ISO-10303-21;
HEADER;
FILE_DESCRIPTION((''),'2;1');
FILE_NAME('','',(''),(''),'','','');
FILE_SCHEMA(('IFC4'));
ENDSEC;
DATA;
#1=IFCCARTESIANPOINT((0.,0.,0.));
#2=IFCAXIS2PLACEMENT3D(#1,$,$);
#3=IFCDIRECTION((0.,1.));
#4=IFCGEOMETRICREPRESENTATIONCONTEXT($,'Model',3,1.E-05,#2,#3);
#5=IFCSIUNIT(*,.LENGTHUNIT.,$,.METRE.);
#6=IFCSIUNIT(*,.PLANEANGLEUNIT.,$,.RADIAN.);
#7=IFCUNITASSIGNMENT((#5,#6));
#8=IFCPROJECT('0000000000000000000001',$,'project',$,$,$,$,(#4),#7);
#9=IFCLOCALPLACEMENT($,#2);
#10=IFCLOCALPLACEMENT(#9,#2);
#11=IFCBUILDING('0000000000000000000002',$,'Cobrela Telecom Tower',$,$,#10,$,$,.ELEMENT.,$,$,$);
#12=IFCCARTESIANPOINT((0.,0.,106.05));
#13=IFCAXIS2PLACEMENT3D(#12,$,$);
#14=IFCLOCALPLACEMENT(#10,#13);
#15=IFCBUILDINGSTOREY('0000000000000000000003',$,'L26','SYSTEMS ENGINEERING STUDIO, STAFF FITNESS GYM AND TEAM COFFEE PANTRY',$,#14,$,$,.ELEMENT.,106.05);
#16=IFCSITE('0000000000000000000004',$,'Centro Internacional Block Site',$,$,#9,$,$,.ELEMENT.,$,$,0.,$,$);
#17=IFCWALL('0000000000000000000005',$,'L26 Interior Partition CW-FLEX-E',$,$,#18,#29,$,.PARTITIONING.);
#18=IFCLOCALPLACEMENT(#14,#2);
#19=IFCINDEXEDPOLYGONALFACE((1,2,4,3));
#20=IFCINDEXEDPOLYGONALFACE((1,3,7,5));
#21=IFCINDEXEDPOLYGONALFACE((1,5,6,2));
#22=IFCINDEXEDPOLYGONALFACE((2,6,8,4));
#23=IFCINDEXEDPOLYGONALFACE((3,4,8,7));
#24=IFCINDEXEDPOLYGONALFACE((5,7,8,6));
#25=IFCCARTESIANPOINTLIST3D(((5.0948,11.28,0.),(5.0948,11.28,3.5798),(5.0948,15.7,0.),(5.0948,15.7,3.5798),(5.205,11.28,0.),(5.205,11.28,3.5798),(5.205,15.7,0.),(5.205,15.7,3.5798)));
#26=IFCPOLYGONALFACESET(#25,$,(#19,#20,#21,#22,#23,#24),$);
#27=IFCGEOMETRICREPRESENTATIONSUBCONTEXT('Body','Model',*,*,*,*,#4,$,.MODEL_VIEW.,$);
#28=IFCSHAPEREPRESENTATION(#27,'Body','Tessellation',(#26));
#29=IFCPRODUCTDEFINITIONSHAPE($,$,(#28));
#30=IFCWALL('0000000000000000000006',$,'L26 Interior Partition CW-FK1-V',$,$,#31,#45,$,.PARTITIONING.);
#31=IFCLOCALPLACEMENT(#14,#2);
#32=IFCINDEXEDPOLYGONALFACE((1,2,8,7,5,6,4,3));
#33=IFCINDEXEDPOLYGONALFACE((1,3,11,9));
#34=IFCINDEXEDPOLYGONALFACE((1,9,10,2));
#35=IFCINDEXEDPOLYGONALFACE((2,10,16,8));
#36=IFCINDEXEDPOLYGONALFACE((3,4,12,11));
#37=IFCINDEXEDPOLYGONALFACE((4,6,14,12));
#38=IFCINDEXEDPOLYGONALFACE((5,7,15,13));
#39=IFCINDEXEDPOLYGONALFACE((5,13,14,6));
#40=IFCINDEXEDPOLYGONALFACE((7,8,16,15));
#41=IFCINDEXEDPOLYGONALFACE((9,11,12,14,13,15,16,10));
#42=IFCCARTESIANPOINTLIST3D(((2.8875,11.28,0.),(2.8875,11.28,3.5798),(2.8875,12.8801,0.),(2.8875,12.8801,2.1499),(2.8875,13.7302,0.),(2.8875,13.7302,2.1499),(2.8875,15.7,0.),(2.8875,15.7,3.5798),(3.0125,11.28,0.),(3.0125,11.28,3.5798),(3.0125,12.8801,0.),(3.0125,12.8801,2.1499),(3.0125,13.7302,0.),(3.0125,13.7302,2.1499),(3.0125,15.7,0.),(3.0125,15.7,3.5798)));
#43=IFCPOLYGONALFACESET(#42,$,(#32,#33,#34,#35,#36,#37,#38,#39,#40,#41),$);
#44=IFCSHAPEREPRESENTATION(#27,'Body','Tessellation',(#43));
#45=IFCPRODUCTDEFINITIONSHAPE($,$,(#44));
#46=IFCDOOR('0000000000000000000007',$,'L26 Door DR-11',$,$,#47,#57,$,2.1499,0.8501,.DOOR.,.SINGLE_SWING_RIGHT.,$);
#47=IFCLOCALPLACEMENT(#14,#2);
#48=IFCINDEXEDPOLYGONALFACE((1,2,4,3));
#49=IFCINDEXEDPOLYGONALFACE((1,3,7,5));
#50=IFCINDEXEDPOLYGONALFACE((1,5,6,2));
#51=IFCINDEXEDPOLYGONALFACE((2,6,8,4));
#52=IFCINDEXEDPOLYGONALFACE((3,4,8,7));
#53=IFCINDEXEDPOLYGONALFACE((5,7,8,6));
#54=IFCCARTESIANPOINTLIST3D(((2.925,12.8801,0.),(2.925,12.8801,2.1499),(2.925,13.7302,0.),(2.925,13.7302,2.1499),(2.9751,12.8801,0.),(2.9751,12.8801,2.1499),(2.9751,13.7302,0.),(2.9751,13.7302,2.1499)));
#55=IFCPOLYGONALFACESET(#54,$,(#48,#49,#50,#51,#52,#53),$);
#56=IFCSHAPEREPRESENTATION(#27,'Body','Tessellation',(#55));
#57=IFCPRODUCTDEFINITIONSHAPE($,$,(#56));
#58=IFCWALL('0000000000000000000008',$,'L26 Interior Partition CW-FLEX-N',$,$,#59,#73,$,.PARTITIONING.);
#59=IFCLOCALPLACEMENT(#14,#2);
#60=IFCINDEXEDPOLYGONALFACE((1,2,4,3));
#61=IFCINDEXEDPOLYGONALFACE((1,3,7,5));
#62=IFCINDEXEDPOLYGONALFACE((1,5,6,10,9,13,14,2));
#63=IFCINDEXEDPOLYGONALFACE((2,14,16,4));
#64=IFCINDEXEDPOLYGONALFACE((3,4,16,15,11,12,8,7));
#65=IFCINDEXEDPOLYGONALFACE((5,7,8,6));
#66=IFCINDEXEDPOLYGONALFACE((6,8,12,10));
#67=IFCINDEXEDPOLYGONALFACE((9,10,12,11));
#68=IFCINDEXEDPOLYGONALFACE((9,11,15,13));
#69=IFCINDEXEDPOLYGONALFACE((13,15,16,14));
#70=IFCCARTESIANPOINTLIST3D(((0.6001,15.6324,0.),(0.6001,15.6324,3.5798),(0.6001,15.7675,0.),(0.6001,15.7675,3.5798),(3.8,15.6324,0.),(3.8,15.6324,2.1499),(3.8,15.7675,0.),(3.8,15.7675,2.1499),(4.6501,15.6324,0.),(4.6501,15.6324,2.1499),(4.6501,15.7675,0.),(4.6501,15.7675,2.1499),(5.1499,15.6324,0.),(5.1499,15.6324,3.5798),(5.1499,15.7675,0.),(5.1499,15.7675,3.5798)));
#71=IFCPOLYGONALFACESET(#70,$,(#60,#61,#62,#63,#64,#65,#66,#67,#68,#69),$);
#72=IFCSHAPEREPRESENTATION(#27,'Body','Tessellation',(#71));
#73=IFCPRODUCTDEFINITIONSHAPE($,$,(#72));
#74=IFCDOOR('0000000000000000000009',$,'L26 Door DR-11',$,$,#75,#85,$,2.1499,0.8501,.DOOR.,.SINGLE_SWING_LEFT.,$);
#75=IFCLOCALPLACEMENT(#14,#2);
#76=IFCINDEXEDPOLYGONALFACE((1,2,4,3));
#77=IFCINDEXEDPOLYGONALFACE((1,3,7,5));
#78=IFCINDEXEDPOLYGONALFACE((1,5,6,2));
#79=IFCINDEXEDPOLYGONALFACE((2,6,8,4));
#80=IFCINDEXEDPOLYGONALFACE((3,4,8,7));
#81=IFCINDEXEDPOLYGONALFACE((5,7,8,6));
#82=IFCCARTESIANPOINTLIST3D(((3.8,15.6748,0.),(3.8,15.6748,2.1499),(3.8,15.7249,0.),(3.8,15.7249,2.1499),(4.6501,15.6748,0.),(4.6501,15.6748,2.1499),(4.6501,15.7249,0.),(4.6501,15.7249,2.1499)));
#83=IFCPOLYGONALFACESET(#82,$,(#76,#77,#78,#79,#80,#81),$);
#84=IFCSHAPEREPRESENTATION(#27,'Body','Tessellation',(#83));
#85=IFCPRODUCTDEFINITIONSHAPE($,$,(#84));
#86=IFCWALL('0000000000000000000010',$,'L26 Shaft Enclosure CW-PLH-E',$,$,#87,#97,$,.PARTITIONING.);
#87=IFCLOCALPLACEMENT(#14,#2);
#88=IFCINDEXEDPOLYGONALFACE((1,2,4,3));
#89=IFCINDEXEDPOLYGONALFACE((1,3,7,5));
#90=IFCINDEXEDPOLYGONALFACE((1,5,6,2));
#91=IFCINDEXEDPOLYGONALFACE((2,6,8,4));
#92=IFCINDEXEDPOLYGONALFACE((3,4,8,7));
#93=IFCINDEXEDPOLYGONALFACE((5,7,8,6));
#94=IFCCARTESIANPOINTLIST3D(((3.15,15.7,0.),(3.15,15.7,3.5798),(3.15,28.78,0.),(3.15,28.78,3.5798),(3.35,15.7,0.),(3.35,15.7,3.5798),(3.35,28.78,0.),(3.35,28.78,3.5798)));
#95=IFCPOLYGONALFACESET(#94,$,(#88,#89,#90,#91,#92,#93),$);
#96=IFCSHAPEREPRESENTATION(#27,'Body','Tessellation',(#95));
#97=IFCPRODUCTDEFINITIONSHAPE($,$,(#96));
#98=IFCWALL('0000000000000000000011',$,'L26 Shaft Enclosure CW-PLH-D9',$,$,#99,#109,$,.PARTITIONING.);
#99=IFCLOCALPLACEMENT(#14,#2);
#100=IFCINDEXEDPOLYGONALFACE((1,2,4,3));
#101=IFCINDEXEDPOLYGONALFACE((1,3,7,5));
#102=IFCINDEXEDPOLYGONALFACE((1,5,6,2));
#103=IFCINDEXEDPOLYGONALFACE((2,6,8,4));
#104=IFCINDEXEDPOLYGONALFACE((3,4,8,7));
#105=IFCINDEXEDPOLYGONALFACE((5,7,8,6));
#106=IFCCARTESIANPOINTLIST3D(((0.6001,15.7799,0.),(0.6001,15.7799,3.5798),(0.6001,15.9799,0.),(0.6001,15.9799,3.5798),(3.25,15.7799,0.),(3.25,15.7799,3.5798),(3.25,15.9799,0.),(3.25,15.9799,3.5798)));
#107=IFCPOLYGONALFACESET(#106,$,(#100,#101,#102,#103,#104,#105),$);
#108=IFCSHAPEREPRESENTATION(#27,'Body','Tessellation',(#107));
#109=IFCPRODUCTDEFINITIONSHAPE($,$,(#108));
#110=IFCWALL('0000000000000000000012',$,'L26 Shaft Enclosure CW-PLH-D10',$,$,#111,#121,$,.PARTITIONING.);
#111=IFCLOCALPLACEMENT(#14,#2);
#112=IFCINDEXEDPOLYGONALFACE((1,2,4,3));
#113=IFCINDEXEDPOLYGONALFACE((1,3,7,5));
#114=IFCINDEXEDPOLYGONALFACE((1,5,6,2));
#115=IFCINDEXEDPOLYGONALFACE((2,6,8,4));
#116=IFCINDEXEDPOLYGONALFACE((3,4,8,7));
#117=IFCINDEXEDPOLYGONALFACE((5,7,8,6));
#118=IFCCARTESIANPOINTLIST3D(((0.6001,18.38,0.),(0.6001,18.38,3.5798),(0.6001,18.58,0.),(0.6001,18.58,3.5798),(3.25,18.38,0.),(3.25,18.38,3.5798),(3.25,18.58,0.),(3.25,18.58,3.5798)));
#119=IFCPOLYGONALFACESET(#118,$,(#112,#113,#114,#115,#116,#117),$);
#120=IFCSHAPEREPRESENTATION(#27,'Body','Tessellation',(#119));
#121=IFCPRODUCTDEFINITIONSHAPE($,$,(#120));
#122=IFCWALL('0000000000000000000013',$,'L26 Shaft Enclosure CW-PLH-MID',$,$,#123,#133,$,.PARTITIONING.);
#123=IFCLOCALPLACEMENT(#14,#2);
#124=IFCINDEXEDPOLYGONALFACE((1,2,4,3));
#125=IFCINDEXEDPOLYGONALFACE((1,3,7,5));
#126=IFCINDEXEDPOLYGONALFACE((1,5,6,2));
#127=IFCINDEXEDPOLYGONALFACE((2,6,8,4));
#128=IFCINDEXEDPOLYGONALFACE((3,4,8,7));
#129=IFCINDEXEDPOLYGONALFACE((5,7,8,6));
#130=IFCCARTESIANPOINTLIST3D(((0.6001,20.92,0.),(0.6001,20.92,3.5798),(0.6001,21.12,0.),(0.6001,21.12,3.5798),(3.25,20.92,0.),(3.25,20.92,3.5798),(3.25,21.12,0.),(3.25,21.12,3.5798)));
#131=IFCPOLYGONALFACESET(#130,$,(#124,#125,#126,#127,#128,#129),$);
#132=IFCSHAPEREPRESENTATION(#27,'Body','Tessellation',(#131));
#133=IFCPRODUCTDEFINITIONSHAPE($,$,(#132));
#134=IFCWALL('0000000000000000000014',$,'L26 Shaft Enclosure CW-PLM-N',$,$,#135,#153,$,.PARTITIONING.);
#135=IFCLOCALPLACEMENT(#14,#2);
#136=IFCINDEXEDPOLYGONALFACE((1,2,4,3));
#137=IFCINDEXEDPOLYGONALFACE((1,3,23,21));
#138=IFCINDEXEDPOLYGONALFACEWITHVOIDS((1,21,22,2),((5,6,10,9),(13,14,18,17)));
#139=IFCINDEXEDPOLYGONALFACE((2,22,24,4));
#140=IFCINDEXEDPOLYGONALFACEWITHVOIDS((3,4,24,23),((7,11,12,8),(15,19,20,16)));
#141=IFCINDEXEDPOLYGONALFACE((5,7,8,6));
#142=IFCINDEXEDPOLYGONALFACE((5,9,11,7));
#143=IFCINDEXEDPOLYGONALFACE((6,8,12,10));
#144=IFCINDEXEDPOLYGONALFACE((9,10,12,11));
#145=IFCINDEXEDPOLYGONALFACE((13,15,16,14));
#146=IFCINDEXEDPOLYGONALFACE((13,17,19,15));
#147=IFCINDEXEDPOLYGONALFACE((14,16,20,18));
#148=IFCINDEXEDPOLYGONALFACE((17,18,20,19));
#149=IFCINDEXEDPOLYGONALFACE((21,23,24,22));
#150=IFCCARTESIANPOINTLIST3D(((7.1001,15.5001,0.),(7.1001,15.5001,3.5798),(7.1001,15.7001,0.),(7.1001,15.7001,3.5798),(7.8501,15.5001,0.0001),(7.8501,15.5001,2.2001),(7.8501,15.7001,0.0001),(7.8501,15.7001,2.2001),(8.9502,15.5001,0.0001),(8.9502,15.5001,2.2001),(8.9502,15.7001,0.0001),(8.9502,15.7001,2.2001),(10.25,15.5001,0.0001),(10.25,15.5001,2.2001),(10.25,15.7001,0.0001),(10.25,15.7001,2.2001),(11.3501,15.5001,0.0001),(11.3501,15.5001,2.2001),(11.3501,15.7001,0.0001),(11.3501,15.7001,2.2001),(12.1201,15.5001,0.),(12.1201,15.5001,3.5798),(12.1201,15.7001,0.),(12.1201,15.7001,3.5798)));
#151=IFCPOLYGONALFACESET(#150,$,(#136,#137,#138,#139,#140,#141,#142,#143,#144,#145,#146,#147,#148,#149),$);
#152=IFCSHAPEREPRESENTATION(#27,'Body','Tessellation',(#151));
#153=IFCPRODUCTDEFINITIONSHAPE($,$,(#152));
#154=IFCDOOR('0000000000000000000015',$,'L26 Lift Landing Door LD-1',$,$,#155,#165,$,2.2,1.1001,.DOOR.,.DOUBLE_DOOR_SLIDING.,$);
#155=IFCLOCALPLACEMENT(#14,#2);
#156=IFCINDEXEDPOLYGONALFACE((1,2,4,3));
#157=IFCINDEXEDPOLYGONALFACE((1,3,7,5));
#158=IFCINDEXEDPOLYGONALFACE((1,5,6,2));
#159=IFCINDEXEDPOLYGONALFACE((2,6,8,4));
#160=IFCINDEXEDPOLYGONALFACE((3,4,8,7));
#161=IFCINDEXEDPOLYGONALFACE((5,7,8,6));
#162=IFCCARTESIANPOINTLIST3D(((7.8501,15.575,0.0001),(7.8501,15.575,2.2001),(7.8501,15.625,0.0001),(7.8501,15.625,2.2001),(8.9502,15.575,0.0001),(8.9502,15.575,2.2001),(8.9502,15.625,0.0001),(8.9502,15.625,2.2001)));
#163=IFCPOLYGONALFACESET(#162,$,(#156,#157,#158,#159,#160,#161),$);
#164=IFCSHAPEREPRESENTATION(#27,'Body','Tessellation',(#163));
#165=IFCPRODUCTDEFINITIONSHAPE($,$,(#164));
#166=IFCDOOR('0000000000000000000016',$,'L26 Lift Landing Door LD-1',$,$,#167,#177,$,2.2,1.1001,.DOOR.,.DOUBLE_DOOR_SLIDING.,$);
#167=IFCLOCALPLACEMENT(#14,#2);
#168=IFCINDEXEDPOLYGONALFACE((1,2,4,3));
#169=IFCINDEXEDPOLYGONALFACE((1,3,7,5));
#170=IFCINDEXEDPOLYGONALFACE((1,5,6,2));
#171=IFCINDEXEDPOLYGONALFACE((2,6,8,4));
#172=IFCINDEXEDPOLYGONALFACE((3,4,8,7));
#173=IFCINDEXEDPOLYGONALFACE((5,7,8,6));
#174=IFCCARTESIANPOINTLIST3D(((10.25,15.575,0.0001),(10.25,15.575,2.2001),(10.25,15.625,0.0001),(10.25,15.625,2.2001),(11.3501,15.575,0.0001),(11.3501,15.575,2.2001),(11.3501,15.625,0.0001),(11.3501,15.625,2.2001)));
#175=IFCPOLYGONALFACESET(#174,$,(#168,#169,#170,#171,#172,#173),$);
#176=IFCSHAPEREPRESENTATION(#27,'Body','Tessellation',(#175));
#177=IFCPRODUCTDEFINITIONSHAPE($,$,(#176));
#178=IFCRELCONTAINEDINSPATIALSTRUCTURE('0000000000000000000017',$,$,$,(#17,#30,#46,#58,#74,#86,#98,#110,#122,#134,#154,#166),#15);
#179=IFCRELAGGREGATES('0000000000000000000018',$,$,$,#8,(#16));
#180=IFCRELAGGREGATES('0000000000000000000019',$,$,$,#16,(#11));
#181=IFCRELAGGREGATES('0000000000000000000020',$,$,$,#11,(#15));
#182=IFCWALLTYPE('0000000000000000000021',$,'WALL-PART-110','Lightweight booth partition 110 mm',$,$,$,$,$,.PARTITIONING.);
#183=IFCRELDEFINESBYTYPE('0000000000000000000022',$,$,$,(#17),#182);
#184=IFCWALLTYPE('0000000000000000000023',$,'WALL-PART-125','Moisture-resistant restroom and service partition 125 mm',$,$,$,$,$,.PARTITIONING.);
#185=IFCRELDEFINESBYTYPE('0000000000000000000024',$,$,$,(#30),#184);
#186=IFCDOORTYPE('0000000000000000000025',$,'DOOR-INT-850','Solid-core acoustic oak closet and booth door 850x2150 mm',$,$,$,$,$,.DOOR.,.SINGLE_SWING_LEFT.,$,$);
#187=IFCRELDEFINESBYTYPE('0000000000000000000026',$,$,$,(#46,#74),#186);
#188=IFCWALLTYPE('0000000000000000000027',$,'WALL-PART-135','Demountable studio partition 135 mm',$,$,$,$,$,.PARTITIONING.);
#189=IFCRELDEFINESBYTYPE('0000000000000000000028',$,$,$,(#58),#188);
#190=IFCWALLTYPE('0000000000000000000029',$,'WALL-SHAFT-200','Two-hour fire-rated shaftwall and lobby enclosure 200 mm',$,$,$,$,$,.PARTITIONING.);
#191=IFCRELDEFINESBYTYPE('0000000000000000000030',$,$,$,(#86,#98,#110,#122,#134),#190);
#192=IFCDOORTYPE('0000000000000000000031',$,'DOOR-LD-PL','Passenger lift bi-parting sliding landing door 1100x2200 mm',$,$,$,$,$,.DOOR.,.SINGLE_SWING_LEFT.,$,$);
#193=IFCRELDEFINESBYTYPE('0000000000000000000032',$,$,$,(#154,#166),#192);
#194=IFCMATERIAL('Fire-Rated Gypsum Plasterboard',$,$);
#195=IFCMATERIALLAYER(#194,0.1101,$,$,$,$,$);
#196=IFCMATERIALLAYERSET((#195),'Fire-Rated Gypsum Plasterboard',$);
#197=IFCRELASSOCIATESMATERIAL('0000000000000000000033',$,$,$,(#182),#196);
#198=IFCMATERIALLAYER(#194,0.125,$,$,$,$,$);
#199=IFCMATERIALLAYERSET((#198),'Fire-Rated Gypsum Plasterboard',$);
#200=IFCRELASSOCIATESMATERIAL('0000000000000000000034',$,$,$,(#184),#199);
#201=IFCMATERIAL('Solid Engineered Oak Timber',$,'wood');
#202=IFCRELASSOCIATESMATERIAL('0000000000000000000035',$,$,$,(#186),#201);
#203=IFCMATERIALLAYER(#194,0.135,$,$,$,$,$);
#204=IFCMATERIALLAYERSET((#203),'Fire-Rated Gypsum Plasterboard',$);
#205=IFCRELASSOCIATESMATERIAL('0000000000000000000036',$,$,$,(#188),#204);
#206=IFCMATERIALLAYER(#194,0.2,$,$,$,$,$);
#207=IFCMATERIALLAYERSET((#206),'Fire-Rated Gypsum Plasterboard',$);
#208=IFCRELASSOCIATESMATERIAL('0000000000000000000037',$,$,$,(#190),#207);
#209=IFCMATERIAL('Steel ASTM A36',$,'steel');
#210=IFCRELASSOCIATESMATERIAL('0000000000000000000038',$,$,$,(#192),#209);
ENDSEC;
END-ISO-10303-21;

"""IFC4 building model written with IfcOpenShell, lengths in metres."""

from ifc_helpers import new_model, si_unit, direction, frame, frame_2d, origin, place, context, subcontext, project, spatial, rectangle, extrude, material, layer, layer_set, type_object, element, fill, save


model = new_model("IFC4")

# Units and contexts
model_context = context("Model", 3, precision=1e-05, world=origin(), true_north=direction((0.0, 1.0)))
body_context = subcontext(model_context, "Body", "Model", "MODEL_VIEW")
ifc_project = project(units=[si_unit("LENGTHUNIT", "METRE"), si_unit("PLANEANGLEUNIT", "RADIAN")], contexts=[model_context])

# Site, building, storey
site_placement = place(None, origin())
site = spatial("IfcSite", under=ifc_project, at=site_placement, Name="Centro Internacional Block Site", CompositionType="ELEMENT", RefElevation=0.0)
building_placement = place(site_placement, origin())
building = spatial("IfcBuilding", under=site, at=building_placement, Name="Cobrela Telecom Tower", CompositionType="ELEMENT")
storey_placement = place(building_placement, frame((0.0, 0.0, 106.05)))
storey = spatial("IfcBuildingStorey", under=building, at=storey_placement, Name="L26", Description="SYSTEMS ENGINEERING STUDIO, STAFF FITNESS GYM AND TEAM COFFEE PANTRY", CompositionType="ELEMENT", Elevation=106.05)

# Wall
ifc_material_1 = material(Name="Fire-Rated Gypsum Plasterboard")
ifc_layer_1 = layer(ifc_material_1, 0.1101)
ifc_layer_set_1 = layer_set([ifc_layer_1], Name="Fire-Rated Gypsum Plasterboard")
wall_type_1 = type_object("IfcWallType", Name="WALL-PART-110", Description="Lightweight booth partition 110 mm", PredefinedType="PARTITIONING", material=ifc_layer_set_1)
wall_1_placement = place(storey_placement, frame((5.1499, 11.28, 0.0), z_axis=(0.0, 0.0, 1.0), x_axis=(0.0, 1.0, 0.0)))
element("IfcWall", 1, at=wall_1_placement, inside=storey, type_object=wall_type_1, Name="L26 Interior Partition CW-FLEX-E", PredefinedType="PARTITIONING", context=body_context, shape_type="SweptSolid", body=[
    extrude(rectangle(XDim=4.4199, YDim=0.1101, at=frame_2d((2.21, 0.0))), origin(), (0.0, 0.0, 1.0), 3.5798),
])

# Walls, openings, doors
ifc_layer_2 = layer(ifc_material_1, 0.125)
ifc_layer_set_2 = layer_set([ifc_layer_2], Name="Fire-Rated Gypsum Plasterboard")
wall_type_2 = type_object("IfcWallType", Name="WALL-PART-125", Description="Moisture-resistant restroom and service partition 125 mm", PredefinedType="PARTITIONING", material=ifc_layer_set_2)
wall_2_placement = place(storey_placement, frame((2.95, 11.28, 0.0), z_axis=(0.0, 0.0, 1.0), x_axis=(0.0, 1.0, 0.0)))
wall_2 = element("IfcWall", 2, at=wall_2_placement, inside=storey, type_object=wall_type_2, Name="L26 Interior Partition CW-FK1-V", PredefinedType="PARTITIONING", context=body_context, shape_type="SweptSolid", body=[
    extrude(rectangle(XDim=4.4199, YDim=0.125, at=frame_2d((2.21, 0.0))), origin(), (0.0, 0.0, 1.0), 3.5798),
])
opening_1_placement = place(wall_2_placement, frame((1.6001, 0.0, 0.0)))
opening_1 = element("IfcOpeningElement", 3, at=opening_1_placement, cuts=wall_2, PredefinedType="OPENING", context=body_context, shape_type="SweptSolid", body=[
    extrude(rectangle(XDim=0.8501, YDim=2.1499, at=frame_2d((0.425, 1.075))), frame((0.0, 0.0745, 0.0), z_axis=(0.0, -1.0, 0.0), x_axis=(1.0, 0.0, 0.0)), (0.0, 0.0, 1.0), 0.1489),
])
ifc_material_2 = material(Name="Solid Engineered Oak Timber", Category="wood")
door_type_1 = type_object("IfcDoorType", Name="DOOR-INT-850", Description="Solid-core acoustic oak closet and booth door 850x2150 mm", OperationType="SINGLE_SWING_LEFT", PredefinedType="DOOR", material=ifc_material_2)
door_1_placement = place(opening_1_placement, origin())
door_1 = element("IfcDoor", 4, at=door_1_placement, inside=storey, type_object=door_type_1, Name="L26 Door DR-11", OperationType="SINGLE_SWING_RIGHT", OverallHeight=2.1499, OverallWidth=0.8501, PredefinedType="DOOR", context=body_context, shape_type="SweptSolid", body=[
    extrude(rectangle(XDim=0.8501, YDim=2.1499, at=frame_2d((0.425, 1.075))), frame((0.0, 0.0249, 0.0), z_axis=(0.0, -1.0, 0.0), x_axis=(1.0, 0.0, 0.0)), (0.0, 0.0, 1.0), 0.05),
])
fill(opening_1, door_1)
ifc_layer_3 = layer(ifc_material_1, 0.135)
ifc_layer_set_3 = layer_set([ifc_layer_3], Name="Fire-Rated Gypsum Plasterboard")
wall_type_3 = type_object("IfcWallType", Name="WALL-PART-135", Description="Demountable studio partition 135 mm", PredefinedType="PARTITIONING", material=ifc_layer_set_3)
wall_3_placement = place(storey_placement, frame((0.6001, 15.7, 0.0), z_axis=(0.0, 0.0, 1.0), x_axis=(1.0, 0.0, 0.0)))
wall_3 = element("IfcWall", 5, at=wall_3_placement, inside=storey, type_object=wall_type_3, Name="L26 Interior Partition CW-FLEX-N", PredefinedType="PARTITIONING", context=body_context, shape_type="SweptSolid", body=[
    extrude(rectangle(XDim=4.5498, YDim=0.135, at=frame_2d((2.2749, 0.0))), origin(), (0.0, 0.0, 1.0), 3.5798),
])
opening_2_placement = place(wall_3_placement, frame((3.2, 0.0, 0.0)))
opening_2 = element("IfcOpeningElement", 6, at=opening_2_placement, cuts=wall_3, PredefinedType="OPENING", context=body_context, shape_type="SweptSolid", body=[
    extrude(rectangle(XDim=0.8501, YDim=2.1499, at=frame_2d((0.425, 1.075))), frame((0.0, 0.0796, 0.0), z_axis=(0.0, -1.0, 0.0), x_axis=(1.0, 0.0, 0.0)), (0.0, 0.0, 1.0), 0.1589),
])
door_2_placement = place(opening_2_placement, origin())
door_2 = element("IfcDoor", 7, at=door_2_placement, inside=storey, type_object=door_type_1, Name="L26 Door DR-11", OperationType="SINGLE_SWING_LEFT", OverallHeight=2.1499, OverallWidth=0.8501, PredefinedType="DOOR", context=body_context, shape_type="SweptSolid", body=[
    extrude(rectangle(XDim=0.8501, YDim=2.1499, at=frame_2d((0.425, 1.075))), frame((0.0, 0.0249, 0.0), z_axis=(0.0, -1.0, 0.0), x_axis=(1.0, 0.0, 0.0)), (0.0, 0.0, 1.0), 0.05),
])
fill(opening_2, door_2)

# Walls
ifc_layer_4 = layer(ifc_material_1, 0.2)
ifc_layer_set_4 = layer_set([ifc_layer_4], Name="Fire-Rated Gypsum Plasterboard")
wall_type_4 = type_object("IfcWallType", Name="WALL-SHAFT-200", Description="Two-hour fire-rated shaftwall and lobby enclosure 200 mm", PredefinedType="PARTITIONING", material=ifc_layer_set_4)
wall_4_placement = place(storey_placement, frame((3.25, 15.7, 0.0), z_axis=(0.0, 0.0, 1.0), x_axis=(0.0, 1.0, 0.0)))
element("IfcWall", 8, at=wall_4_placement, inside=storey, type_object=wall_type_4, Name="L26 Shaft Enclosure CW-PLH-E", PredefinedType="PARTITIONING", context=body_context, shape_type="SweptSolid", body=[
    extrude(rectangle(XDim=13.0801, YDim=0.2, at=frame_2d((6.54, 0.0))), origin(), (0.0, 0.0, 1.0), 3.5798),
])
for number, where, z_axis, x_axis, name in (
    (9, (0.6001, 15.8799, 0.0), (0.0, 0.0, 1.0), (1.0, 0.0, 0.0), "L26 Shaft Enclosure CW-PLH-D9"),
    (10, (0.6001, 18.48, 0.0), (0.0, 0.0, 1.0), (1.0, 0.0, 0.0), "L26 Shaft Enclosure CW-PLH-D10"),
    (11, (0.6001, 21.02, 0.0), (0.0, 0.0, 1.0), (1.0, 0.0, 0.0), "L26 Shaft Enclosure CW-PLH-MID"),
):
    element("IfcWall", number, at=place(storey_placement, frame(where, z_axis=z_axis, x_axis=x_axis)), inside=storey, type_object=wall_type_4, Name=name, PredefinedType="PARTITIONING", context=body_context, shape_type="SweptSolid", body=[
        extrude(rectangle(XDim=2.6499, YDim=0.2, at=frame_2d((1.325, 0.0))), origin(), (0.0, 0.0, 1.0), 3.5798),
    ])

# Wall, openings, doors
wall_5_placement = place(storey_placement, frame((7.1001, 15.6001, 0.0), z_axis=(0.0, 0.0, 1.0), x_axis=(1.0, 0.0, 0.0)))
wall_5 = element("IfcWall", 12, at=wall_5_placement, inside=storey, type_object=wall_type_4, Name="L26 Shaft Enclosure CW-PLM-N", PredefinedType="PARTITIONING", context=body_context, shape_type="SweptSolid", body=[
    extrude(rectangle(XDim=5.02, YDim=0.2, at=frame_2d((2.51, 0.0))), origin(), (0.0, 0.0, 1.0), 3.5798),
])
opening_3_placement = place(wall_5_placement, frame((0.75, 0.0, 0.0)))
opening_3 = element("IfcOpeningElement", 13, at=opening_3_placement, cuts=wall_5, PredefinedType="OPENING", context=body_context, shape_type="SweptSolid", body=[
    extrude(rectangle(XDim=1.1001, YDim=2.2, at=frame_2d((0.55, 1.1001))), frame((0.0, 0.1118, 0.0), z_axis=(0.0, -1.0, 0.0), x_axis=(1.0, 0.0, 0.0)), (0.0, 0.0, 1.0), 0.2239),
])
opening_4_placement = place(wall_5_placement, frame((3.1499, 0.0, 0.0)))
opening_4 = element("IfcOpeningElement", 14, at=opening_4_placement, cuts=wall_5, PredefinedType="OPENING", context=body_context, shape_type="SweptSolid", body=[
    extrude(rectangle(XDim=1.1001, YDim=2.2, at=frame_2d((0.55, 1.1001))), frame((0.0, 0.1118, 0.0), z_axis=(0.0, -1.0, 0.0), x_axis=(1.0, 0.0, 0.0)), (0.0, 0.0, 1.0), 0.2239),
])
ifc_material_3 = material(Name="Steel ASTM A36", Category="steel")
door_type_2 = type_object("IfcDoorType", Name="DOOR-LD-PL", Description="Passenger lift bi-parting sliding landing door 1100x2200 mm", OperationType="SINGLE_SWING_LEFT", PredefinedType="DOOR", material=ifc_material_3)
door_3_placement = place(opening_3_placement, origin())
door_3 = element("IfcDoor", 15, at=door_3_placement, inside=storey, type_object=door_type_2, Name="L26 Lift Landing Door LD-1", OperationType="DOUBLE_DOOR_SLIDING", OverallHeight=2.2, OverallWidth=1.1001, PredefinedType="DOOR", context=body_context, shape_type="SweptSolid", body=[
    extrude(rectangle(XDim=1.1001, YDim=2.2, at=frame_2d((0.55, 1.1001))), frame((0.0, 0.0249, 0.0), z_axis=(0.0, -1.0, 0.0), x_axis=(1.0, 0.0, 0.0)), (0.0, 0.0, 1.0), 0.05),
])
fill(opening_3, door_3)
door_4_placement = place(opening_4_placement, origin())
door_4 = element("IfcDoor", 16, at=door_4_placement, inside=storey, type_object=door_type_2, Name="L26 Lift Landing Door LD-1", OperationType="DOUBLE_DOOR_SLIDING", OverallHeight=2.2, OverallWidth=1.1001, PredefinedType="DOOR", context=body_context, shape_type="SweptSolid", body=[
    extrude(rectangle(XDim=1.1001, YDim=2.2, at=frame_2d((0.55, 1.1001))), frame((0.0, 0.0249, 0.0), z_axis=(0.0, -1.0, 0.0), x_axis=(1.0, 0.0, 0.0)), (0.0, 0.0, 1.0), 0.05),
])
fill(opening_4, door_4)

save(model, "model.ifc")
